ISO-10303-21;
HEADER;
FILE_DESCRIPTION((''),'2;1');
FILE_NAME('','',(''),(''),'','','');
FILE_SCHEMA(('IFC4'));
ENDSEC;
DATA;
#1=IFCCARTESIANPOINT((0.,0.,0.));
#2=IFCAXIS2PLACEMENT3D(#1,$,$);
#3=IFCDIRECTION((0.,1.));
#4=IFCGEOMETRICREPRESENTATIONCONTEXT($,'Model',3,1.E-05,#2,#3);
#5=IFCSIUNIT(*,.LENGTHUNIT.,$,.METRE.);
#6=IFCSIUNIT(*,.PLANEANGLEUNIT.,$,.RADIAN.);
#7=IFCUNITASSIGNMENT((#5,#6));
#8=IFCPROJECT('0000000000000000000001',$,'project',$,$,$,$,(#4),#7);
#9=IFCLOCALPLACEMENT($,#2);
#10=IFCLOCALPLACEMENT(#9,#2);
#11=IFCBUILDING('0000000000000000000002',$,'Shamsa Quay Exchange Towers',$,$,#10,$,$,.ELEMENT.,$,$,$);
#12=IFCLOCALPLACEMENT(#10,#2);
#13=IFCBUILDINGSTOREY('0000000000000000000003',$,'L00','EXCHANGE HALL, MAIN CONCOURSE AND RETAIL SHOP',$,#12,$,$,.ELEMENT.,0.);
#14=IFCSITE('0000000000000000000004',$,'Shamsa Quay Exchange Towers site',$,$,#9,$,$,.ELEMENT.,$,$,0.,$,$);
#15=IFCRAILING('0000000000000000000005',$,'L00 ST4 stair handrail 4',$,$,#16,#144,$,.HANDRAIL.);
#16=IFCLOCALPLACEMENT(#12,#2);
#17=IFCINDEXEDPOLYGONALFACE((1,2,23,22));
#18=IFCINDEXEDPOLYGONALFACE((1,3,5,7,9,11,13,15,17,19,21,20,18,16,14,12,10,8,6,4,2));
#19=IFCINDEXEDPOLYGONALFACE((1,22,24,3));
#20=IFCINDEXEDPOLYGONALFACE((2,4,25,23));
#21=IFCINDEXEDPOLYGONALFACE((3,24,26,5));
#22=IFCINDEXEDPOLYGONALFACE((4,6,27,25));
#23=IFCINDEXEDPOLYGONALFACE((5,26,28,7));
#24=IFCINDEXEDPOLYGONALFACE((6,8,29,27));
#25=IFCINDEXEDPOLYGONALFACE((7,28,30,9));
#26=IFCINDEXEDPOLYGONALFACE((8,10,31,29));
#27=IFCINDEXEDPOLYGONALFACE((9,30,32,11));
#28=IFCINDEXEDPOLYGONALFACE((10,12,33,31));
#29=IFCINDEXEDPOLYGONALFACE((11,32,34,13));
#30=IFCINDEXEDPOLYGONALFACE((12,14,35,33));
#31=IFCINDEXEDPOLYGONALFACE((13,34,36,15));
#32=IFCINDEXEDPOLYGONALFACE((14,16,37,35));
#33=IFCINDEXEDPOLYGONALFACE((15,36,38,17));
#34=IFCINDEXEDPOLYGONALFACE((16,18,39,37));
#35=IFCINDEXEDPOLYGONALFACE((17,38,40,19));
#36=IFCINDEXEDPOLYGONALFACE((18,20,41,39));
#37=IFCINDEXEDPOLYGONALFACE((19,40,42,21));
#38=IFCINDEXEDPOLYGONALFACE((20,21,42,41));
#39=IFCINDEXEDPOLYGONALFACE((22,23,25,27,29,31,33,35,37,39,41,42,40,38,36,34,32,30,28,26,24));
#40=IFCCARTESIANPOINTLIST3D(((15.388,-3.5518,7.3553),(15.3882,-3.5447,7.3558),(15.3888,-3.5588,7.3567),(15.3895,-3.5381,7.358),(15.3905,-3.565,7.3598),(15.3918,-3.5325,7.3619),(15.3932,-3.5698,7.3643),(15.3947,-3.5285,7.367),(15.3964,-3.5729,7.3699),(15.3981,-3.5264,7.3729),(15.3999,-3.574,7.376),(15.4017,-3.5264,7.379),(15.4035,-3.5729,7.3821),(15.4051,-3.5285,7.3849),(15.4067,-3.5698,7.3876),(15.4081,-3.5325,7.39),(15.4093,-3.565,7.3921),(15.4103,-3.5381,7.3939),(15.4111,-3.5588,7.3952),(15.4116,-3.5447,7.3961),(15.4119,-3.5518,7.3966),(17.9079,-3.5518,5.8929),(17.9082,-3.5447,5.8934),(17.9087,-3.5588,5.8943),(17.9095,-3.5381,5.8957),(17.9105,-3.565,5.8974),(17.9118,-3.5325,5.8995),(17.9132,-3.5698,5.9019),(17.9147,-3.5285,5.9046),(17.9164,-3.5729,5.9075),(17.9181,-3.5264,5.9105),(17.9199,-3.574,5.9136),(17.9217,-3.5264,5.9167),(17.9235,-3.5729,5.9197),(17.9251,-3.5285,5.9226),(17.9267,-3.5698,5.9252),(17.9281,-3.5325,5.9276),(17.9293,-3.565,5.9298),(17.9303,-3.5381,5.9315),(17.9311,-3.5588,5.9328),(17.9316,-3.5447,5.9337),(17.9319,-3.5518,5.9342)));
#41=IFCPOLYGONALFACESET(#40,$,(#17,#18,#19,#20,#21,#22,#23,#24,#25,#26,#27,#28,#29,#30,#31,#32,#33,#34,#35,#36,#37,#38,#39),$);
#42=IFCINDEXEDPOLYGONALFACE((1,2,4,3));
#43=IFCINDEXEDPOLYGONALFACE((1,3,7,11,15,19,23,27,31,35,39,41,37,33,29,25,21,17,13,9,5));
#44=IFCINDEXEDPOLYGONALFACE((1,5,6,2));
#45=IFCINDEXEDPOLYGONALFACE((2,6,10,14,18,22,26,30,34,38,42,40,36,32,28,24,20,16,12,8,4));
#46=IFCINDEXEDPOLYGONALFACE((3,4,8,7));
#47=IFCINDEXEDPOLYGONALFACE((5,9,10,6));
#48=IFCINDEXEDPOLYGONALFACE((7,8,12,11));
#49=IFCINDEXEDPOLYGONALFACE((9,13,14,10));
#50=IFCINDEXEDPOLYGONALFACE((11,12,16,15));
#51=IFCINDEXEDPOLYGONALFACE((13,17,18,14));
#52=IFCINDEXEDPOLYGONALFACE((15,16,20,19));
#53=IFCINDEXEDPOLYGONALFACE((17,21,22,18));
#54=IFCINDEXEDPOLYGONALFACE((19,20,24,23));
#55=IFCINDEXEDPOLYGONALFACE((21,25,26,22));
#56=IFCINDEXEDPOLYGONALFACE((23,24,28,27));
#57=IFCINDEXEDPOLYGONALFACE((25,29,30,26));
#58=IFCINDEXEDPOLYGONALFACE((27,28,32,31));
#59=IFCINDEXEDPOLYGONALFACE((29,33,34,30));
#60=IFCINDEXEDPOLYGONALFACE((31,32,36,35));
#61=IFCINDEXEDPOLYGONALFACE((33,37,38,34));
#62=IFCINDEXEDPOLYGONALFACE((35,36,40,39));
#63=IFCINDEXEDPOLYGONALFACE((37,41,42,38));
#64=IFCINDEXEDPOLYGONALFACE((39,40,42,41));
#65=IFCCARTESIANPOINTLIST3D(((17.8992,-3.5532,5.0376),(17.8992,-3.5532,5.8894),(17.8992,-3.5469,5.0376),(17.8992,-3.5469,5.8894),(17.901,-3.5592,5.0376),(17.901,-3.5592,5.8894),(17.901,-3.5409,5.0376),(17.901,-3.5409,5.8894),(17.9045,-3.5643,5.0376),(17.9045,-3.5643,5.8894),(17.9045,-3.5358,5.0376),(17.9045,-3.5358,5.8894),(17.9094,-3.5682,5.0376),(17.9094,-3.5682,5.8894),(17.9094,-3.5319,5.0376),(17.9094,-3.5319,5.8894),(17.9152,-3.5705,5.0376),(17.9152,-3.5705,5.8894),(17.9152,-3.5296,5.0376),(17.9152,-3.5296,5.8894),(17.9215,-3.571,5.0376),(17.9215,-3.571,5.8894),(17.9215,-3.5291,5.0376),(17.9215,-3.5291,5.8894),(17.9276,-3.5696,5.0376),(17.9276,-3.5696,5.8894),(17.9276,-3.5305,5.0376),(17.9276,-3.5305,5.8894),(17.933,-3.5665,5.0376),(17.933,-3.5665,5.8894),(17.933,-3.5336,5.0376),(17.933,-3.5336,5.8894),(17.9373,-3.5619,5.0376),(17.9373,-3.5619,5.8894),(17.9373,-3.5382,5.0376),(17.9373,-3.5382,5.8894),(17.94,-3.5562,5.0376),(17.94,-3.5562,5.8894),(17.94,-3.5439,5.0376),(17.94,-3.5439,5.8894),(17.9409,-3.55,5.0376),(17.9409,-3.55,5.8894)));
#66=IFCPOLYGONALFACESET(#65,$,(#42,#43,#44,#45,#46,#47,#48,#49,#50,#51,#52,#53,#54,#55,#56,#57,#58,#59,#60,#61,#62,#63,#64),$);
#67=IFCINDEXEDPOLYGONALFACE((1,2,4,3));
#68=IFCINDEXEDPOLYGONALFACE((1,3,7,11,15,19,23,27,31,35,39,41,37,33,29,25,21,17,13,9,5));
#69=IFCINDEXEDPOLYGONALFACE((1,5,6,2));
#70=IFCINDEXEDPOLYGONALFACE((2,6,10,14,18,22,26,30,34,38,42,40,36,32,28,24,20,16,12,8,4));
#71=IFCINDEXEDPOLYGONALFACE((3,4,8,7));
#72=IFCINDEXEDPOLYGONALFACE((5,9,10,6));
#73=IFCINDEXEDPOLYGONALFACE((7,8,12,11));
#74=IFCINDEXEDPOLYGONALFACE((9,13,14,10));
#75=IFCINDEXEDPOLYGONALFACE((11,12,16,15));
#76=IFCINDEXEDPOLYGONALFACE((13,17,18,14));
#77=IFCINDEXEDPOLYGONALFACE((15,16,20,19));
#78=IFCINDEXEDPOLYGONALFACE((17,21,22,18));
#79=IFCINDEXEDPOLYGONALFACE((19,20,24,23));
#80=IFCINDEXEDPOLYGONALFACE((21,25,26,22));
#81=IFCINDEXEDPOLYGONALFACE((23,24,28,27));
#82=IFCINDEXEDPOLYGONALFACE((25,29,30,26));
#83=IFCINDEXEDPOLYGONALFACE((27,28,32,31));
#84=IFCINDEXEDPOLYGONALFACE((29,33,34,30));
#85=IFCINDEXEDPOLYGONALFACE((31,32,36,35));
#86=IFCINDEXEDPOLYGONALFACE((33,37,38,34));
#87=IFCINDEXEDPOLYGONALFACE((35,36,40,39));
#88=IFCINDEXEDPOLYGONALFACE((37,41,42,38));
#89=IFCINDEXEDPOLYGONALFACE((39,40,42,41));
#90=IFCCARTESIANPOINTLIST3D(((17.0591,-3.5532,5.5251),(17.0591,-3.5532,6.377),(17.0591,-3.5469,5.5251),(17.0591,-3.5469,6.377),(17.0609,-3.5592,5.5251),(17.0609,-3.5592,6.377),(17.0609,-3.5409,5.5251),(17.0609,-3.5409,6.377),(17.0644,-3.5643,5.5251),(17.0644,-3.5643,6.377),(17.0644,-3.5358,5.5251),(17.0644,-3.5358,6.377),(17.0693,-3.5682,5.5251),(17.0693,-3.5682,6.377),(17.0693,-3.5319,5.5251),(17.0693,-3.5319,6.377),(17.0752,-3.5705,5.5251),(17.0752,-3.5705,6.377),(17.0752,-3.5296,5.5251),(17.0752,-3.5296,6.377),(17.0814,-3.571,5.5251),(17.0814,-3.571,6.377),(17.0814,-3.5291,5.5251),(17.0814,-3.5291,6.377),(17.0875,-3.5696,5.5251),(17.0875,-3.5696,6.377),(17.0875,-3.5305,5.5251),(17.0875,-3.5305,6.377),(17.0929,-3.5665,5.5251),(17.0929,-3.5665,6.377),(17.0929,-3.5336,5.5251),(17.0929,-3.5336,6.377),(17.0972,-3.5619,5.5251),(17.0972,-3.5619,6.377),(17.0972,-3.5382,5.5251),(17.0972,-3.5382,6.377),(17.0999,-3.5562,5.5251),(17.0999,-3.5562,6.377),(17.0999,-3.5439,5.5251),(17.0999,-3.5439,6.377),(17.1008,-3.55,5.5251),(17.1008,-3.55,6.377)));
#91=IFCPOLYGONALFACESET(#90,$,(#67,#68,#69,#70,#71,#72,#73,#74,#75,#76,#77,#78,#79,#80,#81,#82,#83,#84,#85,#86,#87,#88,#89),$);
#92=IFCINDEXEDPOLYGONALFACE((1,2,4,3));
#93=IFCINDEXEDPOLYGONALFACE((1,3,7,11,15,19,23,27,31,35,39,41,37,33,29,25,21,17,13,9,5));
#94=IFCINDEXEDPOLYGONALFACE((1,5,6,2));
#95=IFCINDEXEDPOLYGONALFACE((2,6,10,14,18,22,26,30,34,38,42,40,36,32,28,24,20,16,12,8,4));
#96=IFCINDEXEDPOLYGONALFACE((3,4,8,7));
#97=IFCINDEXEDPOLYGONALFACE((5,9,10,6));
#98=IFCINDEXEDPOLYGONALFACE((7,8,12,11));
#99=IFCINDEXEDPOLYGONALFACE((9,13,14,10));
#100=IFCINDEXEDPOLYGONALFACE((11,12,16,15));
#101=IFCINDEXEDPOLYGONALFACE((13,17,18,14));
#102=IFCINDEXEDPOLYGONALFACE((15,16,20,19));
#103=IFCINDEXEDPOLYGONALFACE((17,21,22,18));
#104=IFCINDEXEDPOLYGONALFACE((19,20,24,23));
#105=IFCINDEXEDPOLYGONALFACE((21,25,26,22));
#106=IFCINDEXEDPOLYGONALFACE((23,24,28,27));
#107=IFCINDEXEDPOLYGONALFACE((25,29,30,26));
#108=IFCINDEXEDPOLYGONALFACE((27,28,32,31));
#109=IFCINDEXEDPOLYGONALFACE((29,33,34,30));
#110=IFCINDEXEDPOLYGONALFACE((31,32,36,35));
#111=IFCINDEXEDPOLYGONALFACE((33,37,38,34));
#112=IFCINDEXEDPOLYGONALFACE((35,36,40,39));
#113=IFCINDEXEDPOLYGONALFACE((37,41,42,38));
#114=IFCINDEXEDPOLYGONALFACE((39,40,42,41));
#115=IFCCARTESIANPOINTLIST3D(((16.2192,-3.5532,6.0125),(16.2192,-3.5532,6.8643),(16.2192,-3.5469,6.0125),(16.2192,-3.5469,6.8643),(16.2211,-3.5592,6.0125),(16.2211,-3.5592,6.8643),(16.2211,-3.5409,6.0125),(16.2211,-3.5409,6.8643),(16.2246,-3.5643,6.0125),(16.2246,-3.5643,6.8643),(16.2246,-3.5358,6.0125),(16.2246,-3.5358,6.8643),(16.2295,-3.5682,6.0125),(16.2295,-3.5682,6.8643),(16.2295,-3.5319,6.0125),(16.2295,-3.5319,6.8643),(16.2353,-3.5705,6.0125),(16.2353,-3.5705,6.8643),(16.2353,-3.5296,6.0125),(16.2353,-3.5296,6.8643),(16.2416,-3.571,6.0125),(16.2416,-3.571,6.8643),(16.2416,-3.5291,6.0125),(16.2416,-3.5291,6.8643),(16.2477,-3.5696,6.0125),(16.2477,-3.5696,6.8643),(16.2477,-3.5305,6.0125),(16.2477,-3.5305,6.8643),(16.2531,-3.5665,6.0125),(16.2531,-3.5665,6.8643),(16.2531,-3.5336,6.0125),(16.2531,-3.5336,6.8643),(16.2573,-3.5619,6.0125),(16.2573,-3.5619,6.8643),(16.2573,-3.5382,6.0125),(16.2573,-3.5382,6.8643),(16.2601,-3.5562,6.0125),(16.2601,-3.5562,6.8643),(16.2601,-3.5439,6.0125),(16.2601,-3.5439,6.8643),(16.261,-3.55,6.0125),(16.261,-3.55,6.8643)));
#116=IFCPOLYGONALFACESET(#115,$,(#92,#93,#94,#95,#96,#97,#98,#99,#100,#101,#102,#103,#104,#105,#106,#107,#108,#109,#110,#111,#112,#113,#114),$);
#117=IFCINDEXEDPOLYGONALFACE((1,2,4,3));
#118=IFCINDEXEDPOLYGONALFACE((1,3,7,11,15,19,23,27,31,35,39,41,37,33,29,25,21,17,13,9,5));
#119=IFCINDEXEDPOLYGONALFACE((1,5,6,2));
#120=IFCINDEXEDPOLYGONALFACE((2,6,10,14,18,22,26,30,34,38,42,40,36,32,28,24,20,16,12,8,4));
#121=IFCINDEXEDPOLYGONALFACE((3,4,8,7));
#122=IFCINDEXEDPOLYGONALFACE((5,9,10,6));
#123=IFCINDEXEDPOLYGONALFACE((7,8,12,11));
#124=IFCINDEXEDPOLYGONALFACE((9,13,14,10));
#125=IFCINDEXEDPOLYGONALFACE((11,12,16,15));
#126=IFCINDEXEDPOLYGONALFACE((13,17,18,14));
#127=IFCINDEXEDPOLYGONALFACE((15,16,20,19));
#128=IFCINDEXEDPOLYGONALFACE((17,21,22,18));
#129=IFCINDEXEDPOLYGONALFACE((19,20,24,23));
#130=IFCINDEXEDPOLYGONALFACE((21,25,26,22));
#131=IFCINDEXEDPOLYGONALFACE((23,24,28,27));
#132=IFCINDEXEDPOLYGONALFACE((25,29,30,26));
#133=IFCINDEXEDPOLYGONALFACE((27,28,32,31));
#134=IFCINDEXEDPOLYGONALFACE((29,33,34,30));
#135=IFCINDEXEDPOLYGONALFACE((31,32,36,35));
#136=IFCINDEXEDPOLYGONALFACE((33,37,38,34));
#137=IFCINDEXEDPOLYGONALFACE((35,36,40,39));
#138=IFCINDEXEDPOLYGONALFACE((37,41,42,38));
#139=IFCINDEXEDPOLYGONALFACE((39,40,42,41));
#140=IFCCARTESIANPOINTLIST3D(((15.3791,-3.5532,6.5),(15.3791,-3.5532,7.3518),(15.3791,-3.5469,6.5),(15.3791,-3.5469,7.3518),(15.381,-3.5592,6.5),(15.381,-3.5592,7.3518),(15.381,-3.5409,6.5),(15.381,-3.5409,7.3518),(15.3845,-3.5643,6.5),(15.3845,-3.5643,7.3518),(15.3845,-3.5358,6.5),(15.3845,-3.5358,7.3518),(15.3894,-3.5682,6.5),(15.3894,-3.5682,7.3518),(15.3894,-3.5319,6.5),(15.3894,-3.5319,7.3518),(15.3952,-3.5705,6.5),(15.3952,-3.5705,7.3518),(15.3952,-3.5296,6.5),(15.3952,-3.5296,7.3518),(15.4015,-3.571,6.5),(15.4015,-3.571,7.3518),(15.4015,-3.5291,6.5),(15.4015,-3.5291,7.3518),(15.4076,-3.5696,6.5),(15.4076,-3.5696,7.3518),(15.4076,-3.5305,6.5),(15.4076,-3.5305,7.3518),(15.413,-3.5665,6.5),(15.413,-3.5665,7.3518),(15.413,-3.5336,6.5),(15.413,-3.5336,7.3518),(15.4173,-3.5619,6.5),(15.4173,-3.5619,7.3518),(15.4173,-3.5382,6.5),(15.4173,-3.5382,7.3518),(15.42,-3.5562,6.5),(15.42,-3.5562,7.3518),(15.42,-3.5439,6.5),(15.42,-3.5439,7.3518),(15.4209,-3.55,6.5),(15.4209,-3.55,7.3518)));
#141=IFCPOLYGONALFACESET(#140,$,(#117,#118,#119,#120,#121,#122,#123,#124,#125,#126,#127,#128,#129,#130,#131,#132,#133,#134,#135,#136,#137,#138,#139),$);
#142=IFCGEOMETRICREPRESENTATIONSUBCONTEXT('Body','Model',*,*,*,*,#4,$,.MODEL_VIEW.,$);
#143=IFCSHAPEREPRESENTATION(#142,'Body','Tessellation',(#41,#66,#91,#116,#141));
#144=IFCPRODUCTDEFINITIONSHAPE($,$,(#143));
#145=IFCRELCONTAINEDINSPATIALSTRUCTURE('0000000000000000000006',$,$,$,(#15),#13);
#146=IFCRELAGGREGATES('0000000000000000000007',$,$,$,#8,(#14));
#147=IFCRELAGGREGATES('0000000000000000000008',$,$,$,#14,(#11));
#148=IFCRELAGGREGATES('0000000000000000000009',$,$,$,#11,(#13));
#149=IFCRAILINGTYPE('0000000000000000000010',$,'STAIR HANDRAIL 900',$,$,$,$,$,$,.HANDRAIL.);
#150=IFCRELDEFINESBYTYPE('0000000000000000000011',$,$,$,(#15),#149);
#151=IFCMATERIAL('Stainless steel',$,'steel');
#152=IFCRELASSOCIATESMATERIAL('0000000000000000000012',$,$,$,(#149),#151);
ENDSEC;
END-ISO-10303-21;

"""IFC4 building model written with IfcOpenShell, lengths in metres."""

from ifc_helpers import new_model, si_unit, direction, frame, origin, origin_2d, place, context, subcontext, project, spatial, circle, extrude, material, type_object, element, save


model = new_model("IFC4")

# Units and contexts
model_context = context("Model", 3, precision=1e-05, world=origin(), true_north=direction((0.0, 1.0)))
body_context = subcontext(model_context, "Body", "Model", "MODEL_VIEW")
ifc_project = project(units=[si_unit("LENGTHUNIT", "METRE"), si_unit("PLANEANGLEUNIT", "RADIAN")], contexts=[model_context])

# Site, building, storey
site_placement = place(None, origin())
site = spatial("IfcSite", under=ifc_project, at=site_placement, Name="Shamsa Quay Exchange Towers site", CompositionType="ELEMENT", RefElevation=0.0)
building_placement = place(site_placement, origin())
building = spatial("IfcBuilding", under=site, at=building_placement, Name="Shamsa Quay Exchange Towers", CompositionType="ELEMENT")
storey_placement = place(building_placement, origin())
storey = spatial("IfcBuildingStorey", under=building, at=storey_placement, Name="L00", Description="EXCHANGE HALL, MAIN CONCOURSE AND RETAIL SHOP", CompositionType="ELEMENT", Elevation=0.0)

# Railing
ifc_material_1 = material(Name="Stainless steel", Category="steel")
railing_type_1 = type_object("IfcRailingType", Name="STAIR HANDRAIL 900", PredefinedType="HANDRAIL", material=ifc_material_1)
railing_1_placement = place(storey_placement, frame((17.9199, -3.55, 5.0376)))
element("IfcRailing", 1, at=railing_1_placement, inside=storey, type_object=railing_type_1, Name="L00 ST4 stair handrail 4", PredefinedType="HANDRAIL", context=body_context, shape_type="SweptSolid", body=[
    extrude(circle(Radius=0.0239, at=origin_2d()), frame((0.0, 0.0, 0.876), z_axis=(-0.864913, 0.0, 0.501921), x_axis=(0.0, -1.0, 0.0)), (0.0, 0.0, 1.0), 2.9136),
    extrude(circle(Radius=0.021, at=origin_2d()), origin(), (0.0, 0.0, 1.0), 0.8518),
    extrude(circle(Radius=0.021, at=origin_2d()), frame((-0.8401, 0.0, 0.4875)), (0.0, 0.0, 1.0), 0.8518),
    extrude(circle(Radius=0.021, at=origin_2d()), frame((-1.6799, 0.0, 0.9749)), (0.0, 0.0, 1.0), 0.8518),
    extrude(circle(Radius=0.021, at=origin_2d()), frame((-2.52, 0.0, 1.4624)), (0.0, 0.0, 1.0), 0.8518),
])

save(model, "model.ifc")
